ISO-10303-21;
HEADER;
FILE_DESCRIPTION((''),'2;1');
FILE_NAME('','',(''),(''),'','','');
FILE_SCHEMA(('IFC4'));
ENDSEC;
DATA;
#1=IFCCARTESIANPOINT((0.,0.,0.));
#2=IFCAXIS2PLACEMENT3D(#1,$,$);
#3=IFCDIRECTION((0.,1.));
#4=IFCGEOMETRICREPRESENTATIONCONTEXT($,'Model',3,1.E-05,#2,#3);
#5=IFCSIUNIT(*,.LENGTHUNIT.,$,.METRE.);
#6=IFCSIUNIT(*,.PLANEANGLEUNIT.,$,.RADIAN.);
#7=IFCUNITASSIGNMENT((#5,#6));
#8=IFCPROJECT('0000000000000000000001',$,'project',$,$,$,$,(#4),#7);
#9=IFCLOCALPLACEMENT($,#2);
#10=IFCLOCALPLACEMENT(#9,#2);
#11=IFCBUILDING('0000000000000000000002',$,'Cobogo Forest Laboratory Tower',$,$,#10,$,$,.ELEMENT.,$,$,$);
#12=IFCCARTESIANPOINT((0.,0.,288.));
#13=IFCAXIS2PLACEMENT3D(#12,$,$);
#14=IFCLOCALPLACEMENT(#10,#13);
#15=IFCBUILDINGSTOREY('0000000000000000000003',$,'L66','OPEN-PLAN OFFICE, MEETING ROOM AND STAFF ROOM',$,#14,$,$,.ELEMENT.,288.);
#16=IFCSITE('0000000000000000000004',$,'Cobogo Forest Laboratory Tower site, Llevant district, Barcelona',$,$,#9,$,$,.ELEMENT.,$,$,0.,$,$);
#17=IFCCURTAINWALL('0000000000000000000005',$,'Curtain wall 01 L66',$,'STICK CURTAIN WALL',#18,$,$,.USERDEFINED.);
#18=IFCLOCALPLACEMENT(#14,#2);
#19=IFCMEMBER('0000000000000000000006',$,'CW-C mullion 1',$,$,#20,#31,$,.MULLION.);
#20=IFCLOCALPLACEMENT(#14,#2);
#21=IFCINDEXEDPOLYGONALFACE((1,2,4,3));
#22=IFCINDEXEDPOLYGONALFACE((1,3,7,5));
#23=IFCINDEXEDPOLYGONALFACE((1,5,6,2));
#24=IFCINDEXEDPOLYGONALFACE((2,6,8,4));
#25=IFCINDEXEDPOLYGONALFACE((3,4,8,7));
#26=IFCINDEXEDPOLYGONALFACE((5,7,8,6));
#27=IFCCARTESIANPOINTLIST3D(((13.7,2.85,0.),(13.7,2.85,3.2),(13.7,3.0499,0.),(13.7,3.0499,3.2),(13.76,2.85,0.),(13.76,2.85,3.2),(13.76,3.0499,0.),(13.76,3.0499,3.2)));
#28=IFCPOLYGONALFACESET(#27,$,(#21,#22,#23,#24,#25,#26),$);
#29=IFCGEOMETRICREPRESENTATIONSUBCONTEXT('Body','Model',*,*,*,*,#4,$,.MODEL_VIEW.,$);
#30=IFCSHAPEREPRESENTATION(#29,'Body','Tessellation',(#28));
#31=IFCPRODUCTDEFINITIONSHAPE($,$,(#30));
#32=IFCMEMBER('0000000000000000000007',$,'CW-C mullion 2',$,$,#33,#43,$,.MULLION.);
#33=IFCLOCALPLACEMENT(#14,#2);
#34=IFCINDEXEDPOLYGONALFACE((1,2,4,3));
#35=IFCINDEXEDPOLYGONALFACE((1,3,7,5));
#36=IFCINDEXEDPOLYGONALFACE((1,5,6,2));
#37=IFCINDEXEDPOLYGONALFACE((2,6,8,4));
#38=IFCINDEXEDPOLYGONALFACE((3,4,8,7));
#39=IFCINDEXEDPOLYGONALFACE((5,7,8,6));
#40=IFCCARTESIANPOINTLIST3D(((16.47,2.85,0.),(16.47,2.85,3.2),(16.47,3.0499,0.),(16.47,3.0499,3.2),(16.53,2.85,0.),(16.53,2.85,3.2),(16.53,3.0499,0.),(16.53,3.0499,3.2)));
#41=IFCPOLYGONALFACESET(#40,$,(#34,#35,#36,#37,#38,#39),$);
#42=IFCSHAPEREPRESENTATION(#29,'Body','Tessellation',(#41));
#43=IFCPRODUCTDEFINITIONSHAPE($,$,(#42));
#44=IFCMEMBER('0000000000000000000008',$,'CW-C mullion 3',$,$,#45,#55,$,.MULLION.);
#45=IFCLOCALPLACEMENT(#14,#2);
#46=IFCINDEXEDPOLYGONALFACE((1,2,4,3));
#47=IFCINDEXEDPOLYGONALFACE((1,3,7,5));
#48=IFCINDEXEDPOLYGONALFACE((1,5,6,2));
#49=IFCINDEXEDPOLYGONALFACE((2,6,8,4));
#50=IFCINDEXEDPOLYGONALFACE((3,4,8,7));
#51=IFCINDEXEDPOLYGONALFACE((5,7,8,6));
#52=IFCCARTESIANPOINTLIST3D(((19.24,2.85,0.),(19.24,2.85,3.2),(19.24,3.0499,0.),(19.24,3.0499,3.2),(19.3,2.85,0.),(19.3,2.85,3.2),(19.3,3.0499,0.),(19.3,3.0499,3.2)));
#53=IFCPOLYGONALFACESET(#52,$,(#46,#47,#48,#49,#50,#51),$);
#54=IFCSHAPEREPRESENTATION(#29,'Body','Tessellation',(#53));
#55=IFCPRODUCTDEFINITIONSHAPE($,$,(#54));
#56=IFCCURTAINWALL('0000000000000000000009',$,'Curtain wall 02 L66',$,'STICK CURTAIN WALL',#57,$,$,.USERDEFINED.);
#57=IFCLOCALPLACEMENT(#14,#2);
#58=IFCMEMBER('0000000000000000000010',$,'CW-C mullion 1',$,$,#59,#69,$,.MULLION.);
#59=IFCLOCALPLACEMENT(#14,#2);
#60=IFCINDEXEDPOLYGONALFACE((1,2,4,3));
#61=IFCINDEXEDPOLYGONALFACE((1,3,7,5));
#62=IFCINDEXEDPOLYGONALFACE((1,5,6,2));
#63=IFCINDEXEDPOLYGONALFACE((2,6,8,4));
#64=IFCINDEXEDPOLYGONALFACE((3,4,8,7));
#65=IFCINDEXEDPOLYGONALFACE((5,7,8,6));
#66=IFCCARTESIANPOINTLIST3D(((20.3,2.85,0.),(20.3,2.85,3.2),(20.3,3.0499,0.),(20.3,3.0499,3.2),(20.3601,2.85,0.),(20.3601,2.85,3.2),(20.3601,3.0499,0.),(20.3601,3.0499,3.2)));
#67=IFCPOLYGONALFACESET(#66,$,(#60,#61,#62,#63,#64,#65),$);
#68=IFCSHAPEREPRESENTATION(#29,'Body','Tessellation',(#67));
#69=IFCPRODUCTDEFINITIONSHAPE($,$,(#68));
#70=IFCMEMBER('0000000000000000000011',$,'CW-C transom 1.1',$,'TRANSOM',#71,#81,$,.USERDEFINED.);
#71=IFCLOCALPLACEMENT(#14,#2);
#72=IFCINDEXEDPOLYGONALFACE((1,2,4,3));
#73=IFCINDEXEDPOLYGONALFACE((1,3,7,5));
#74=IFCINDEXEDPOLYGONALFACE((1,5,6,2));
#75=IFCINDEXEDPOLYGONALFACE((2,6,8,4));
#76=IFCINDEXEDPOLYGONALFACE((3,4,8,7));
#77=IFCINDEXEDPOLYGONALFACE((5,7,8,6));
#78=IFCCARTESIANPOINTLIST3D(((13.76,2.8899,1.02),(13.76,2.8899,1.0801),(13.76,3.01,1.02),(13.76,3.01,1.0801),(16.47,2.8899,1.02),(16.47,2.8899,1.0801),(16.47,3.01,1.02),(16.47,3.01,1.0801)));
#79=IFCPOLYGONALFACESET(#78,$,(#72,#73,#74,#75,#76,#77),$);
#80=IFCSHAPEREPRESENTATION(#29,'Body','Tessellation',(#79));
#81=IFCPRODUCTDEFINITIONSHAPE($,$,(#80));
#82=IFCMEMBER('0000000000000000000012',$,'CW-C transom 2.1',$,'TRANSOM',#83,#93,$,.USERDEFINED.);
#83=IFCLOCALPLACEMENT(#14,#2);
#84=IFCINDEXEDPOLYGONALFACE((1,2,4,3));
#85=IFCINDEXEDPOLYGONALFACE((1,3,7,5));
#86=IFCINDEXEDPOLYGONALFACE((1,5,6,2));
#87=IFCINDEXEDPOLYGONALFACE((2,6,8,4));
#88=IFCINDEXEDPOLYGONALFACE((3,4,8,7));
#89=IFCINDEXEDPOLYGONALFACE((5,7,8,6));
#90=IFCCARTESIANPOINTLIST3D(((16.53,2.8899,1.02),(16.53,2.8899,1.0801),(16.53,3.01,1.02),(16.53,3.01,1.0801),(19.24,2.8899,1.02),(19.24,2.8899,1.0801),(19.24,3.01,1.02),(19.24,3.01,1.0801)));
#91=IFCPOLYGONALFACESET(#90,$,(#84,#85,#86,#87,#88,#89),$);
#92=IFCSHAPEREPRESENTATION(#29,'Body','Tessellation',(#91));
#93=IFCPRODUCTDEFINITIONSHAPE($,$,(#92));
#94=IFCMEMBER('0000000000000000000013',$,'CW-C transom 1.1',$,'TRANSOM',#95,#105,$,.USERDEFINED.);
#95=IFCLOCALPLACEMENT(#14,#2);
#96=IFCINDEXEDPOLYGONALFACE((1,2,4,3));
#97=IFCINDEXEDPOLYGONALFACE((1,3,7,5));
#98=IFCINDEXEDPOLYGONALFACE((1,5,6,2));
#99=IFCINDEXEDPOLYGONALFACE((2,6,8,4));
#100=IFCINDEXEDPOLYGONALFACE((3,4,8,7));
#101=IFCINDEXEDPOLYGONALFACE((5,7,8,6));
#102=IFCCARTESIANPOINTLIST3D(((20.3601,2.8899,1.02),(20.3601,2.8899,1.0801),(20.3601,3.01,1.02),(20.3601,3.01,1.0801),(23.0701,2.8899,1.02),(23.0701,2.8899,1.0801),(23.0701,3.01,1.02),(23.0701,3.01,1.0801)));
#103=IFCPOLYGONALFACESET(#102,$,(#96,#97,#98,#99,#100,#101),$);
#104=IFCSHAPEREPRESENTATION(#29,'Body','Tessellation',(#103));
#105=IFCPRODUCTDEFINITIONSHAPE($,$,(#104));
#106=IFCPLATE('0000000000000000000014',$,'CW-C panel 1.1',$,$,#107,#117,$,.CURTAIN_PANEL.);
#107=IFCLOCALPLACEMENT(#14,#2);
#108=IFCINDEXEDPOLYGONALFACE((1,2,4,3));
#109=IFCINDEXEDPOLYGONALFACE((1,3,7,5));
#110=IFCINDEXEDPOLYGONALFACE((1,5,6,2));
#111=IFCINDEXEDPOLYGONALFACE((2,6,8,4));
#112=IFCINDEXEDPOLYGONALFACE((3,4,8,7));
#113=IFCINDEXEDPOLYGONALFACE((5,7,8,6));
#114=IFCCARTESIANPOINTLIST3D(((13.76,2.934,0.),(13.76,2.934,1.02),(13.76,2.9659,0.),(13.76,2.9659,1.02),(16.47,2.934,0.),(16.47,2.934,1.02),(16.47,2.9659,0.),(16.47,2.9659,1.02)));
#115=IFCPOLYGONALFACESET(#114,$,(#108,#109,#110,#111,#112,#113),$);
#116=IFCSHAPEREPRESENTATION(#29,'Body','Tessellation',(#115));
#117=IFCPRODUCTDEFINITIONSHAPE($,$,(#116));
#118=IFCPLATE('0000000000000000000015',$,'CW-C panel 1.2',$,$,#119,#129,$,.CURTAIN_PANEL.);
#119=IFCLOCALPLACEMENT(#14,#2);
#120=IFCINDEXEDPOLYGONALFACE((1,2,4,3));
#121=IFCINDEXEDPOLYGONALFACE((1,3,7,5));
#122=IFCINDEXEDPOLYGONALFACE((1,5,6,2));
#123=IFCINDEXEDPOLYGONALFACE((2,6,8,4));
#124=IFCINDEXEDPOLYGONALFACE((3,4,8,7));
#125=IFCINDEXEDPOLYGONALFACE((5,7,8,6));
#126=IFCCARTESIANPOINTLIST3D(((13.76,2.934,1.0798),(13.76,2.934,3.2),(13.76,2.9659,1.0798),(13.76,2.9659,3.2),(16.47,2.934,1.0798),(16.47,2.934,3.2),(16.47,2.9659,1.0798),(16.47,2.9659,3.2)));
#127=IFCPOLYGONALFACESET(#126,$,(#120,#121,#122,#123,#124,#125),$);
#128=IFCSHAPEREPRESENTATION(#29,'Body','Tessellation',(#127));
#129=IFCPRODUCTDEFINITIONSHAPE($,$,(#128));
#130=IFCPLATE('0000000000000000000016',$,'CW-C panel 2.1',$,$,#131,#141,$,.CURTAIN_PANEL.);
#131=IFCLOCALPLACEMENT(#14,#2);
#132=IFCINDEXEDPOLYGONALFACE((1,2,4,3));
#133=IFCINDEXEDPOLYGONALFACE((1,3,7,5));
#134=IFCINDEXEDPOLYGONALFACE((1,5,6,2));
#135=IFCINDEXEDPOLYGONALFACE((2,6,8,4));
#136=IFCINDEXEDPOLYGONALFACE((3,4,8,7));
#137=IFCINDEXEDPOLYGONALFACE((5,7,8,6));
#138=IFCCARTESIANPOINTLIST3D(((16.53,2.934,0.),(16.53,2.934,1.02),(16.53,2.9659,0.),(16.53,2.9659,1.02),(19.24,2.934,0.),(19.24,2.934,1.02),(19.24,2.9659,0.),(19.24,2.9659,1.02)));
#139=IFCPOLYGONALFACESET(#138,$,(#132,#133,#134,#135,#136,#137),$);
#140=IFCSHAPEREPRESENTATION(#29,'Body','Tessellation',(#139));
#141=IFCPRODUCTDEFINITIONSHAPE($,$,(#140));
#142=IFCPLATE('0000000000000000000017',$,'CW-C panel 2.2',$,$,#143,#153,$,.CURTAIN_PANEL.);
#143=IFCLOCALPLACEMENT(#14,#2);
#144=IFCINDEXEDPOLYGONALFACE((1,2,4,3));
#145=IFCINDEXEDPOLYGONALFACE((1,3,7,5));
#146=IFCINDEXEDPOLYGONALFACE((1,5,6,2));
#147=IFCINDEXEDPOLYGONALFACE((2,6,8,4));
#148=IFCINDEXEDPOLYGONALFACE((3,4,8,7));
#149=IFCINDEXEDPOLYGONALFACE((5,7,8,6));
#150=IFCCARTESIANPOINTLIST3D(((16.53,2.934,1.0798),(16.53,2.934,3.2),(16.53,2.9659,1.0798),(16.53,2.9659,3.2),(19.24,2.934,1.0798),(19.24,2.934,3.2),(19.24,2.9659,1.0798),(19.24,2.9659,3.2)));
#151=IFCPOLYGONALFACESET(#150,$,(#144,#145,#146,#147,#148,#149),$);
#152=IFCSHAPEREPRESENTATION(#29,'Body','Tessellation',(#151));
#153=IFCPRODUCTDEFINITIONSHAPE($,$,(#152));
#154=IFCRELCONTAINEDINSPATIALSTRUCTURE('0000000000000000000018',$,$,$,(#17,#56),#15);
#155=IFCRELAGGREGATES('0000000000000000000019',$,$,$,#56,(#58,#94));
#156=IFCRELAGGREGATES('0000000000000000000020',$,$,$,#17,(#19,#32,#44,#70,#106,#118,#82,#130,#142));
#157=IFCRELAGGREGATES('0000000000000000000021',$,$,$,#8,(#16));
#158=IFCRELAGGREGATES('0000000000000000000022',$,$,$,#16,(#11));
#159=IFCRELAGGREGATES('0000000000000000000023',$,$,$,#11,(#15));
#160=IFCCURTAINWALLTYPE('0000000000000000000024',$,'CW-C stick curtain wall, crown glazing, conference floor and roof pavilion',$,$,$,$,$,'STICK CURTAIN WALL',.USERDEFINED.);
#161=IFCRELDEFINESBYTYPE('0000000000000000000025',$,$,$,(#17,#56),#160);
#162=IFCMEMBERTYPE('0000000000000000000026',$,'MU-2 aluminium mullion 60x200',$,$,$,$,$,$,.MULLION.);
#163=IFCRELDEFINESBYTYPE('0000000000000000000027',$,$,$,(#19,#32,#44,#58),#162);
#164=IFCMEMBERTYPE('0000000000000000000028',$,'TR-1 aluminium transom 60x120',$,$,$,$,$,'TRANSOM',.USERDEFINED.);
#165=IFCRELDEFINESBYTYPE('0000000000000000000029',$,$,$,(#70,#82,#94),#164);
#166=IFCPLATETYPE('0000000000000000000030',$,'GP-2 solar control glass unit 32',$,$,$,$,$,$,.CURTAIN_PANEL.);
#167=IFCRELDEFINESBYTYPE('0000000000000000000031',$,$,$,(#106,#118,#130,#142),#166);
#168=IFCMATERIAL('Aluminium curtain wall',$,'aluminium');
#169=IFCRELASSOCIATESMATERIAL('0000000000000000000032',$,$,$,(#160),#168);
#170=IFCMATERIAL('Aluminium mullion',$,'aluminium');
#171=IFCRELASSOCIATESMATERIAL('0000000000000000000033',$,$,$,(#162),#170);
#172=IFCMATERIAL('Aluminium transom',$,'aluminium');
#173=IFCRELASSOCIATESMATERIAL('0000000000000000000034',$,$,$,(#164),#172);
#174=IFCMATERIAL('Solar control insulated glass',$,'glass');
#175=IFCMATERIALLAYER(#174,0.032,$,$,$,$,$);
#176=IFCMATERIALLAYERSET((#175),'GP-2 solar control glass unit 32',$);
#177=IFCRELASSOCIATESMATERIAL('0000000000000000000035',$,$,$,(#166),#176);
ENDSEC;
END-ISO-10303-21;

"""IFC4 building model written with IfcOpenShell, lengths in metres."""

from ifc_helpers import new_model, si_unit, direction, frame, origin, origin_2d, place, context, subcontext, project, spatial, rectangle, extrude, material, layer, layer_set, material_profile, profile_set, type_object, element, aggregate, save


model = new_model("IFC4")

# Units and contexts
model_context = context("Model", 3, precision=1e-05, world=origin(), true_north=direction((0.0, 1.0)))
body_context = subcontext(model_context, "Body", "Model", "MODEL_VIEW")
ifc_project = project(units=[si_unit("LENGTHUNIT", "METRE"), si_unit("PLANEANGLEUNIT", "RADIAN")], contexts=[model_context])

# Site, building, storey
site_placement = place(None, origin())
site = spatial("IfcSite", under=ifc_project, at=site_placement, Name="Cobogo Forest Laboratory Tower site, Llevant district, Barcelona", CompositionType="ELEMENT", RefElevation=0.0)
building_placement = place(site_placement, origin())
building = spatial("IfcBuilding", under=site, at=building_placement, Name="Cobogo Forest Laboratory Tower", CompositionType="ELEMENT")
storey_placement = place(building_placement, frame((0.0, 0.0, 288.0)))
storey = spatial("IfcBuildingStorey", under=building, at=storey_placement, Name="L66", Description="OPEN-PLAN OFFICE, MEETING ROOM AND STAFF ROOM", CompositionType="ELEMENT", Elevation=288.0)

# Curtain wall, members
ifc_material_1 = material(Name="Aluminium curtain wall", Category="aluminium")
curtain_wall_type = type_object("IfcCurtainWallType", Name="CW-C stick curtain wall, crown glazing, conference floor and roof pavilion", ElementType="STICK CURTAIN WALL", PredefinedType="USERDEFINED", material=ifc_material_1)
curtain_wall_1_placement = place(storey_placement, origin())
curtain_wall_1 = element("IfcCurtainWall", 1, at=curtain_wall_1_placement, inside=storey, type_object=curtain_wall_type, Name="Curtain wall 01 L66", ObjectType="STICK CURTAIN WALL", PredefinedType="USERDEFINED")
ifc_material_2 = material(Name="Aluminium mullion", Category="aluminium")
ifc_material_profile_1 = material_profile(ifc_material_2, rectangle(XDim=0.0601, YDim=0.2, at=origin_2d()), Name="AL 60x200")
ifc_profile_set_1 = profile_set([ifc_material_profile_1], Name="Aluminium mullion")
member_type_1 = type_object("IfcMemberType", Name="MU-2 aluminium mullion 60x200", PredefinedType="MULLION", material=ifc_profile_set_1)
member_1_placement = place(storey_placement, frame((13.73, 2.95, 0.0), z_axis=(0.0, 0.0, 1.0), x_axis=(1.0, 0.0, 0.0)))
member_1 = element("IfcMember", 2, at=member_1_placement, type_object=member_type_1, Name="CW-C mullion 1", PredefinedType="MULLION", context=body_context, shape_type="SweptSolid", body=[
    extrude(rectangle(XDim=0.0601, YDim=0.2, at=origin_2d()), origin(), (0.0, 0.0, 1.0), 3.2),
])
member_2_placement = place(storey_placement, frame((16.5, 2.95, 0.0), z_axis=(0.0, 0.0, 1.0), x_axis=(1.0, 0.0, 0.0)))
member_2 = element("IfcMember", 3, at=member_2_placement, type_object=member_type_1, Name="CW-C mullion 2", PredefinedType="MULLION", context=body_context, shape_type="SweptSolid", body=[
    extrude(rectangle(XDim=0.0601, YDim=0.2, at=origin_2d()), origin(), (0.0, 0.0, 1.0), 3.2),
])
member_3_placement = place(storey_placement, frame((19.27, 2.95, 0.0), z_axis=(0.0, 0.0, 1.0), x_axis=(1.0, 0.0, 0.0)))
member_3 = element("IfcMember", 4, at=member_3_placement, type_object=member_type_1, Name="CW-C mullion 3", PredefinedType="MULLION", context=body_context, shape_type="SweptSolid", body=[
    extrude(rectangle(XDim=0.0601, YDim=0.2, at=origin_2d()), origin(), (0.0, 0.0, 1.0), 3.2),
])

# Curtain wall, member
curtain_wall_2_placement = place(storey_placement, origin())
curtain_wall_2 = element("IfcCurtainWall", 5, at=curtain_wall_2_placement, inside=storey, type_object=curtain_wall_type, Name="Curtain wall 02 L66", ObjectType="STICK CURTAIN WALL", PredefinedType="USERDEFINED")
member_4_placement = place(storey_placement, frame((20.3301, 2.95, 0.0), z_axis=(0.0, 0.0, 1.0), x_axis=(1.0, 0.0, 0.0)))
member_4 = element("IfcMember", 6, at=member_4_placement, type_object=member_type_1, Name="CW-C mullion 1", PredefinedType="MULLION", context=body_context, shape_type="SweptSolid", body=[
    extrude(rectangle(XDim=0.0601, YDim=0.2, at=origin_2d()), origin(), (0.0, 0.0, 1.0), 3.2),
])

# Members
ifc_material_3 = material(Name="Aluminium transom", Category="aluminium")
ifc_material_profile_2 = material_profile(ifc_material_3, rectangle(XDim=0.1201, YDim=0.0601, at=origin_2d()), Name="AL 60x120")
ifc_profile_set_2 = profile_set([ifc_material_profile_2], Name="Aluminium transom")
member_type_2 = type_object("IfcMemberType", Name="TR-1 aluminium transom 60x120", ElementType="TRANSOM", PredefinedType="USERDEFINED", material=ifc_profile_set_2)
member_5_placement = place(storey_placement, frame((13.76, 2.95, 1.05), z_axis=(1.0, 0.0, 0.0), x_axis=(0.0, 1.0, 0.0)))
member_5 = element("IfcMember", 7, at=member_5_placement, type_object=member_type_2, Name="CW-C transom 1.1", ObjectType="TRANSOM", PredefinedType="USERDEFINED", context=body_context, shape_type="SweptSolid", body=[
    extrude(rectangle(XDim=0.1201, YDim=0.0601, at=origin_2d()), origin(), (0.0, 0.0, 1.0), 2.71),
])
member_6_placement = place(storey_placement, frame((16.53, 2.95, 1.05), z_axis=(1.0, 0.0, 0.0), x_axis=(0.0, 1.0, 0.0)))
member_6 = element("IfcMember", 8, at=member_6_placement, type_object=member_type_2, Name="CW-C transom 2.1", ObjectType="TRANSOM", PredefinedType="USERDEFINED", context=body_context, shape_type="SweptSolid", body=[
    extrude(rectangle(XDim=0.1201, YDim=0.0601, at=origin_2d()), origin(), (0.0, 0.0, 1.0), 2.71),
])
member_7_placement = place(storey_placement, frame((20.3601, 2.95, 1.05), z_axis=(1.0, 0.0, 0.0), x_axis=(0.0, 1.0, 0.0)))
member_7 = element("IfcMember", 9, at=member_7_placement, type_object=member_type_2, Name="CW-C transom 1.1", ObjectType="TRANSOM", PredefinedType="USERDEFINED", context=body_context, shape_type="SweptSolid", body=[
    extrude(rectangle(XDim=0.1201, YDim=0.0601, at=origin_2d()), origin(), (0.0, 0.0, 1.0), 2.71),
])
aggregate(curtain_wall_2, [member_4, member_7])

# Plates
ifc_material_4 = material(Name="Solar control insulated glass", Category="glass")
ifc_layer = layer(ifc_material_4, 0.032)
ifc_layer_set = layer_set([ifc_layer], Name="GP-2 solar control glass unit 32")
plate_type = type_object("IfcPlateType", Name="GP-2 solar control glass unit 32", PredefinedType="CURTAIN_PANEL", material=ifc_layer_set)
plate_1_placement = place(storey_placement, frame((15.115, 2.95, 0.0), z_axis=(0.0, 0.0, 1.0), x_axis=(1.0, 0.0, 0.0)))
plate_1 = element("IfcPlate", 10, at=plate_1_placement, type_object=plate_type, Name="CW-C panel 1.1", PredefinedType="CURTAIN_PANEL", context=body_context, shape_type="SweptSolid", body=[
    extrude(rectangle(XDim=2.71, YDim=0.032, at=origin_2d()), origin(), (0.0, 0.0, 1.0), 1.02),
])
plate_2_placement = place(storey_placement, frame((15.115, 2.95, 1.0798), z_axis=(0.0, 0.0, 1.0), x_axis=(1.0, 0.0, 0.0)))
plate_2 = element("IfcPlate", 11, at=plate_2_placement, type_object=plate_type, Name="CW-C panel 1.2", PredefinedType="CURTAIN_PANEL", context=body_context, shape_type="SweptSolid", body=[
    extrude(rectangle(XDim=2.71, YDim=0.032, at=origin_2d()), origin(), (0.0, 0.0, 1.0), 2.1201),
])
plate_3_placement = place(storey_placement, frame((17.885, 2.95, 0.0), z_axis=(0.0, 0.0, 1.0), x_axis=(1.0, 0.0, 0.0)))
plate_3 = element("IfcPlate", 12, at=plate_3_placement, type_object=plate_type, Name="CW-C panel 2.1", PredefinedType="CURTAIN_PANEL", context=body_context, shape_type="SweptSolid", body=[
    extrude(rectangle(XDim=2.71, YDim=0.032, at=origin_2d()), origin(), (0.0, 0.0, 1.0), 1.02),
])
plate_4_placement = place(storey_placement, frame((17.885, 2.95, 1.0798), z_axis=(0.0, 0.0, 1.0), x_axis=(1.0, 0.0, 0.0)))
plate_4 = element("IfcPlate", 13, at=plate_4_placement, type_object=plate_type, Name="CW-C panel 2.2", PredefinedType="CURTAIN_PANEL", context=body_context, shape_type="SweptSolid", body=[
    extrude(rectangle(XDim=2.71, YDim=0.032, at=origin_2d()), origin(), (0.0, 0.0, 1.0), 2.1201),
])
aggregate(curtain_wall_1, [member_1, member_2, member_3, member_5, plate_1, plate_2, member_6, plate_3, plate_4])

save(model, "model.ifc")
